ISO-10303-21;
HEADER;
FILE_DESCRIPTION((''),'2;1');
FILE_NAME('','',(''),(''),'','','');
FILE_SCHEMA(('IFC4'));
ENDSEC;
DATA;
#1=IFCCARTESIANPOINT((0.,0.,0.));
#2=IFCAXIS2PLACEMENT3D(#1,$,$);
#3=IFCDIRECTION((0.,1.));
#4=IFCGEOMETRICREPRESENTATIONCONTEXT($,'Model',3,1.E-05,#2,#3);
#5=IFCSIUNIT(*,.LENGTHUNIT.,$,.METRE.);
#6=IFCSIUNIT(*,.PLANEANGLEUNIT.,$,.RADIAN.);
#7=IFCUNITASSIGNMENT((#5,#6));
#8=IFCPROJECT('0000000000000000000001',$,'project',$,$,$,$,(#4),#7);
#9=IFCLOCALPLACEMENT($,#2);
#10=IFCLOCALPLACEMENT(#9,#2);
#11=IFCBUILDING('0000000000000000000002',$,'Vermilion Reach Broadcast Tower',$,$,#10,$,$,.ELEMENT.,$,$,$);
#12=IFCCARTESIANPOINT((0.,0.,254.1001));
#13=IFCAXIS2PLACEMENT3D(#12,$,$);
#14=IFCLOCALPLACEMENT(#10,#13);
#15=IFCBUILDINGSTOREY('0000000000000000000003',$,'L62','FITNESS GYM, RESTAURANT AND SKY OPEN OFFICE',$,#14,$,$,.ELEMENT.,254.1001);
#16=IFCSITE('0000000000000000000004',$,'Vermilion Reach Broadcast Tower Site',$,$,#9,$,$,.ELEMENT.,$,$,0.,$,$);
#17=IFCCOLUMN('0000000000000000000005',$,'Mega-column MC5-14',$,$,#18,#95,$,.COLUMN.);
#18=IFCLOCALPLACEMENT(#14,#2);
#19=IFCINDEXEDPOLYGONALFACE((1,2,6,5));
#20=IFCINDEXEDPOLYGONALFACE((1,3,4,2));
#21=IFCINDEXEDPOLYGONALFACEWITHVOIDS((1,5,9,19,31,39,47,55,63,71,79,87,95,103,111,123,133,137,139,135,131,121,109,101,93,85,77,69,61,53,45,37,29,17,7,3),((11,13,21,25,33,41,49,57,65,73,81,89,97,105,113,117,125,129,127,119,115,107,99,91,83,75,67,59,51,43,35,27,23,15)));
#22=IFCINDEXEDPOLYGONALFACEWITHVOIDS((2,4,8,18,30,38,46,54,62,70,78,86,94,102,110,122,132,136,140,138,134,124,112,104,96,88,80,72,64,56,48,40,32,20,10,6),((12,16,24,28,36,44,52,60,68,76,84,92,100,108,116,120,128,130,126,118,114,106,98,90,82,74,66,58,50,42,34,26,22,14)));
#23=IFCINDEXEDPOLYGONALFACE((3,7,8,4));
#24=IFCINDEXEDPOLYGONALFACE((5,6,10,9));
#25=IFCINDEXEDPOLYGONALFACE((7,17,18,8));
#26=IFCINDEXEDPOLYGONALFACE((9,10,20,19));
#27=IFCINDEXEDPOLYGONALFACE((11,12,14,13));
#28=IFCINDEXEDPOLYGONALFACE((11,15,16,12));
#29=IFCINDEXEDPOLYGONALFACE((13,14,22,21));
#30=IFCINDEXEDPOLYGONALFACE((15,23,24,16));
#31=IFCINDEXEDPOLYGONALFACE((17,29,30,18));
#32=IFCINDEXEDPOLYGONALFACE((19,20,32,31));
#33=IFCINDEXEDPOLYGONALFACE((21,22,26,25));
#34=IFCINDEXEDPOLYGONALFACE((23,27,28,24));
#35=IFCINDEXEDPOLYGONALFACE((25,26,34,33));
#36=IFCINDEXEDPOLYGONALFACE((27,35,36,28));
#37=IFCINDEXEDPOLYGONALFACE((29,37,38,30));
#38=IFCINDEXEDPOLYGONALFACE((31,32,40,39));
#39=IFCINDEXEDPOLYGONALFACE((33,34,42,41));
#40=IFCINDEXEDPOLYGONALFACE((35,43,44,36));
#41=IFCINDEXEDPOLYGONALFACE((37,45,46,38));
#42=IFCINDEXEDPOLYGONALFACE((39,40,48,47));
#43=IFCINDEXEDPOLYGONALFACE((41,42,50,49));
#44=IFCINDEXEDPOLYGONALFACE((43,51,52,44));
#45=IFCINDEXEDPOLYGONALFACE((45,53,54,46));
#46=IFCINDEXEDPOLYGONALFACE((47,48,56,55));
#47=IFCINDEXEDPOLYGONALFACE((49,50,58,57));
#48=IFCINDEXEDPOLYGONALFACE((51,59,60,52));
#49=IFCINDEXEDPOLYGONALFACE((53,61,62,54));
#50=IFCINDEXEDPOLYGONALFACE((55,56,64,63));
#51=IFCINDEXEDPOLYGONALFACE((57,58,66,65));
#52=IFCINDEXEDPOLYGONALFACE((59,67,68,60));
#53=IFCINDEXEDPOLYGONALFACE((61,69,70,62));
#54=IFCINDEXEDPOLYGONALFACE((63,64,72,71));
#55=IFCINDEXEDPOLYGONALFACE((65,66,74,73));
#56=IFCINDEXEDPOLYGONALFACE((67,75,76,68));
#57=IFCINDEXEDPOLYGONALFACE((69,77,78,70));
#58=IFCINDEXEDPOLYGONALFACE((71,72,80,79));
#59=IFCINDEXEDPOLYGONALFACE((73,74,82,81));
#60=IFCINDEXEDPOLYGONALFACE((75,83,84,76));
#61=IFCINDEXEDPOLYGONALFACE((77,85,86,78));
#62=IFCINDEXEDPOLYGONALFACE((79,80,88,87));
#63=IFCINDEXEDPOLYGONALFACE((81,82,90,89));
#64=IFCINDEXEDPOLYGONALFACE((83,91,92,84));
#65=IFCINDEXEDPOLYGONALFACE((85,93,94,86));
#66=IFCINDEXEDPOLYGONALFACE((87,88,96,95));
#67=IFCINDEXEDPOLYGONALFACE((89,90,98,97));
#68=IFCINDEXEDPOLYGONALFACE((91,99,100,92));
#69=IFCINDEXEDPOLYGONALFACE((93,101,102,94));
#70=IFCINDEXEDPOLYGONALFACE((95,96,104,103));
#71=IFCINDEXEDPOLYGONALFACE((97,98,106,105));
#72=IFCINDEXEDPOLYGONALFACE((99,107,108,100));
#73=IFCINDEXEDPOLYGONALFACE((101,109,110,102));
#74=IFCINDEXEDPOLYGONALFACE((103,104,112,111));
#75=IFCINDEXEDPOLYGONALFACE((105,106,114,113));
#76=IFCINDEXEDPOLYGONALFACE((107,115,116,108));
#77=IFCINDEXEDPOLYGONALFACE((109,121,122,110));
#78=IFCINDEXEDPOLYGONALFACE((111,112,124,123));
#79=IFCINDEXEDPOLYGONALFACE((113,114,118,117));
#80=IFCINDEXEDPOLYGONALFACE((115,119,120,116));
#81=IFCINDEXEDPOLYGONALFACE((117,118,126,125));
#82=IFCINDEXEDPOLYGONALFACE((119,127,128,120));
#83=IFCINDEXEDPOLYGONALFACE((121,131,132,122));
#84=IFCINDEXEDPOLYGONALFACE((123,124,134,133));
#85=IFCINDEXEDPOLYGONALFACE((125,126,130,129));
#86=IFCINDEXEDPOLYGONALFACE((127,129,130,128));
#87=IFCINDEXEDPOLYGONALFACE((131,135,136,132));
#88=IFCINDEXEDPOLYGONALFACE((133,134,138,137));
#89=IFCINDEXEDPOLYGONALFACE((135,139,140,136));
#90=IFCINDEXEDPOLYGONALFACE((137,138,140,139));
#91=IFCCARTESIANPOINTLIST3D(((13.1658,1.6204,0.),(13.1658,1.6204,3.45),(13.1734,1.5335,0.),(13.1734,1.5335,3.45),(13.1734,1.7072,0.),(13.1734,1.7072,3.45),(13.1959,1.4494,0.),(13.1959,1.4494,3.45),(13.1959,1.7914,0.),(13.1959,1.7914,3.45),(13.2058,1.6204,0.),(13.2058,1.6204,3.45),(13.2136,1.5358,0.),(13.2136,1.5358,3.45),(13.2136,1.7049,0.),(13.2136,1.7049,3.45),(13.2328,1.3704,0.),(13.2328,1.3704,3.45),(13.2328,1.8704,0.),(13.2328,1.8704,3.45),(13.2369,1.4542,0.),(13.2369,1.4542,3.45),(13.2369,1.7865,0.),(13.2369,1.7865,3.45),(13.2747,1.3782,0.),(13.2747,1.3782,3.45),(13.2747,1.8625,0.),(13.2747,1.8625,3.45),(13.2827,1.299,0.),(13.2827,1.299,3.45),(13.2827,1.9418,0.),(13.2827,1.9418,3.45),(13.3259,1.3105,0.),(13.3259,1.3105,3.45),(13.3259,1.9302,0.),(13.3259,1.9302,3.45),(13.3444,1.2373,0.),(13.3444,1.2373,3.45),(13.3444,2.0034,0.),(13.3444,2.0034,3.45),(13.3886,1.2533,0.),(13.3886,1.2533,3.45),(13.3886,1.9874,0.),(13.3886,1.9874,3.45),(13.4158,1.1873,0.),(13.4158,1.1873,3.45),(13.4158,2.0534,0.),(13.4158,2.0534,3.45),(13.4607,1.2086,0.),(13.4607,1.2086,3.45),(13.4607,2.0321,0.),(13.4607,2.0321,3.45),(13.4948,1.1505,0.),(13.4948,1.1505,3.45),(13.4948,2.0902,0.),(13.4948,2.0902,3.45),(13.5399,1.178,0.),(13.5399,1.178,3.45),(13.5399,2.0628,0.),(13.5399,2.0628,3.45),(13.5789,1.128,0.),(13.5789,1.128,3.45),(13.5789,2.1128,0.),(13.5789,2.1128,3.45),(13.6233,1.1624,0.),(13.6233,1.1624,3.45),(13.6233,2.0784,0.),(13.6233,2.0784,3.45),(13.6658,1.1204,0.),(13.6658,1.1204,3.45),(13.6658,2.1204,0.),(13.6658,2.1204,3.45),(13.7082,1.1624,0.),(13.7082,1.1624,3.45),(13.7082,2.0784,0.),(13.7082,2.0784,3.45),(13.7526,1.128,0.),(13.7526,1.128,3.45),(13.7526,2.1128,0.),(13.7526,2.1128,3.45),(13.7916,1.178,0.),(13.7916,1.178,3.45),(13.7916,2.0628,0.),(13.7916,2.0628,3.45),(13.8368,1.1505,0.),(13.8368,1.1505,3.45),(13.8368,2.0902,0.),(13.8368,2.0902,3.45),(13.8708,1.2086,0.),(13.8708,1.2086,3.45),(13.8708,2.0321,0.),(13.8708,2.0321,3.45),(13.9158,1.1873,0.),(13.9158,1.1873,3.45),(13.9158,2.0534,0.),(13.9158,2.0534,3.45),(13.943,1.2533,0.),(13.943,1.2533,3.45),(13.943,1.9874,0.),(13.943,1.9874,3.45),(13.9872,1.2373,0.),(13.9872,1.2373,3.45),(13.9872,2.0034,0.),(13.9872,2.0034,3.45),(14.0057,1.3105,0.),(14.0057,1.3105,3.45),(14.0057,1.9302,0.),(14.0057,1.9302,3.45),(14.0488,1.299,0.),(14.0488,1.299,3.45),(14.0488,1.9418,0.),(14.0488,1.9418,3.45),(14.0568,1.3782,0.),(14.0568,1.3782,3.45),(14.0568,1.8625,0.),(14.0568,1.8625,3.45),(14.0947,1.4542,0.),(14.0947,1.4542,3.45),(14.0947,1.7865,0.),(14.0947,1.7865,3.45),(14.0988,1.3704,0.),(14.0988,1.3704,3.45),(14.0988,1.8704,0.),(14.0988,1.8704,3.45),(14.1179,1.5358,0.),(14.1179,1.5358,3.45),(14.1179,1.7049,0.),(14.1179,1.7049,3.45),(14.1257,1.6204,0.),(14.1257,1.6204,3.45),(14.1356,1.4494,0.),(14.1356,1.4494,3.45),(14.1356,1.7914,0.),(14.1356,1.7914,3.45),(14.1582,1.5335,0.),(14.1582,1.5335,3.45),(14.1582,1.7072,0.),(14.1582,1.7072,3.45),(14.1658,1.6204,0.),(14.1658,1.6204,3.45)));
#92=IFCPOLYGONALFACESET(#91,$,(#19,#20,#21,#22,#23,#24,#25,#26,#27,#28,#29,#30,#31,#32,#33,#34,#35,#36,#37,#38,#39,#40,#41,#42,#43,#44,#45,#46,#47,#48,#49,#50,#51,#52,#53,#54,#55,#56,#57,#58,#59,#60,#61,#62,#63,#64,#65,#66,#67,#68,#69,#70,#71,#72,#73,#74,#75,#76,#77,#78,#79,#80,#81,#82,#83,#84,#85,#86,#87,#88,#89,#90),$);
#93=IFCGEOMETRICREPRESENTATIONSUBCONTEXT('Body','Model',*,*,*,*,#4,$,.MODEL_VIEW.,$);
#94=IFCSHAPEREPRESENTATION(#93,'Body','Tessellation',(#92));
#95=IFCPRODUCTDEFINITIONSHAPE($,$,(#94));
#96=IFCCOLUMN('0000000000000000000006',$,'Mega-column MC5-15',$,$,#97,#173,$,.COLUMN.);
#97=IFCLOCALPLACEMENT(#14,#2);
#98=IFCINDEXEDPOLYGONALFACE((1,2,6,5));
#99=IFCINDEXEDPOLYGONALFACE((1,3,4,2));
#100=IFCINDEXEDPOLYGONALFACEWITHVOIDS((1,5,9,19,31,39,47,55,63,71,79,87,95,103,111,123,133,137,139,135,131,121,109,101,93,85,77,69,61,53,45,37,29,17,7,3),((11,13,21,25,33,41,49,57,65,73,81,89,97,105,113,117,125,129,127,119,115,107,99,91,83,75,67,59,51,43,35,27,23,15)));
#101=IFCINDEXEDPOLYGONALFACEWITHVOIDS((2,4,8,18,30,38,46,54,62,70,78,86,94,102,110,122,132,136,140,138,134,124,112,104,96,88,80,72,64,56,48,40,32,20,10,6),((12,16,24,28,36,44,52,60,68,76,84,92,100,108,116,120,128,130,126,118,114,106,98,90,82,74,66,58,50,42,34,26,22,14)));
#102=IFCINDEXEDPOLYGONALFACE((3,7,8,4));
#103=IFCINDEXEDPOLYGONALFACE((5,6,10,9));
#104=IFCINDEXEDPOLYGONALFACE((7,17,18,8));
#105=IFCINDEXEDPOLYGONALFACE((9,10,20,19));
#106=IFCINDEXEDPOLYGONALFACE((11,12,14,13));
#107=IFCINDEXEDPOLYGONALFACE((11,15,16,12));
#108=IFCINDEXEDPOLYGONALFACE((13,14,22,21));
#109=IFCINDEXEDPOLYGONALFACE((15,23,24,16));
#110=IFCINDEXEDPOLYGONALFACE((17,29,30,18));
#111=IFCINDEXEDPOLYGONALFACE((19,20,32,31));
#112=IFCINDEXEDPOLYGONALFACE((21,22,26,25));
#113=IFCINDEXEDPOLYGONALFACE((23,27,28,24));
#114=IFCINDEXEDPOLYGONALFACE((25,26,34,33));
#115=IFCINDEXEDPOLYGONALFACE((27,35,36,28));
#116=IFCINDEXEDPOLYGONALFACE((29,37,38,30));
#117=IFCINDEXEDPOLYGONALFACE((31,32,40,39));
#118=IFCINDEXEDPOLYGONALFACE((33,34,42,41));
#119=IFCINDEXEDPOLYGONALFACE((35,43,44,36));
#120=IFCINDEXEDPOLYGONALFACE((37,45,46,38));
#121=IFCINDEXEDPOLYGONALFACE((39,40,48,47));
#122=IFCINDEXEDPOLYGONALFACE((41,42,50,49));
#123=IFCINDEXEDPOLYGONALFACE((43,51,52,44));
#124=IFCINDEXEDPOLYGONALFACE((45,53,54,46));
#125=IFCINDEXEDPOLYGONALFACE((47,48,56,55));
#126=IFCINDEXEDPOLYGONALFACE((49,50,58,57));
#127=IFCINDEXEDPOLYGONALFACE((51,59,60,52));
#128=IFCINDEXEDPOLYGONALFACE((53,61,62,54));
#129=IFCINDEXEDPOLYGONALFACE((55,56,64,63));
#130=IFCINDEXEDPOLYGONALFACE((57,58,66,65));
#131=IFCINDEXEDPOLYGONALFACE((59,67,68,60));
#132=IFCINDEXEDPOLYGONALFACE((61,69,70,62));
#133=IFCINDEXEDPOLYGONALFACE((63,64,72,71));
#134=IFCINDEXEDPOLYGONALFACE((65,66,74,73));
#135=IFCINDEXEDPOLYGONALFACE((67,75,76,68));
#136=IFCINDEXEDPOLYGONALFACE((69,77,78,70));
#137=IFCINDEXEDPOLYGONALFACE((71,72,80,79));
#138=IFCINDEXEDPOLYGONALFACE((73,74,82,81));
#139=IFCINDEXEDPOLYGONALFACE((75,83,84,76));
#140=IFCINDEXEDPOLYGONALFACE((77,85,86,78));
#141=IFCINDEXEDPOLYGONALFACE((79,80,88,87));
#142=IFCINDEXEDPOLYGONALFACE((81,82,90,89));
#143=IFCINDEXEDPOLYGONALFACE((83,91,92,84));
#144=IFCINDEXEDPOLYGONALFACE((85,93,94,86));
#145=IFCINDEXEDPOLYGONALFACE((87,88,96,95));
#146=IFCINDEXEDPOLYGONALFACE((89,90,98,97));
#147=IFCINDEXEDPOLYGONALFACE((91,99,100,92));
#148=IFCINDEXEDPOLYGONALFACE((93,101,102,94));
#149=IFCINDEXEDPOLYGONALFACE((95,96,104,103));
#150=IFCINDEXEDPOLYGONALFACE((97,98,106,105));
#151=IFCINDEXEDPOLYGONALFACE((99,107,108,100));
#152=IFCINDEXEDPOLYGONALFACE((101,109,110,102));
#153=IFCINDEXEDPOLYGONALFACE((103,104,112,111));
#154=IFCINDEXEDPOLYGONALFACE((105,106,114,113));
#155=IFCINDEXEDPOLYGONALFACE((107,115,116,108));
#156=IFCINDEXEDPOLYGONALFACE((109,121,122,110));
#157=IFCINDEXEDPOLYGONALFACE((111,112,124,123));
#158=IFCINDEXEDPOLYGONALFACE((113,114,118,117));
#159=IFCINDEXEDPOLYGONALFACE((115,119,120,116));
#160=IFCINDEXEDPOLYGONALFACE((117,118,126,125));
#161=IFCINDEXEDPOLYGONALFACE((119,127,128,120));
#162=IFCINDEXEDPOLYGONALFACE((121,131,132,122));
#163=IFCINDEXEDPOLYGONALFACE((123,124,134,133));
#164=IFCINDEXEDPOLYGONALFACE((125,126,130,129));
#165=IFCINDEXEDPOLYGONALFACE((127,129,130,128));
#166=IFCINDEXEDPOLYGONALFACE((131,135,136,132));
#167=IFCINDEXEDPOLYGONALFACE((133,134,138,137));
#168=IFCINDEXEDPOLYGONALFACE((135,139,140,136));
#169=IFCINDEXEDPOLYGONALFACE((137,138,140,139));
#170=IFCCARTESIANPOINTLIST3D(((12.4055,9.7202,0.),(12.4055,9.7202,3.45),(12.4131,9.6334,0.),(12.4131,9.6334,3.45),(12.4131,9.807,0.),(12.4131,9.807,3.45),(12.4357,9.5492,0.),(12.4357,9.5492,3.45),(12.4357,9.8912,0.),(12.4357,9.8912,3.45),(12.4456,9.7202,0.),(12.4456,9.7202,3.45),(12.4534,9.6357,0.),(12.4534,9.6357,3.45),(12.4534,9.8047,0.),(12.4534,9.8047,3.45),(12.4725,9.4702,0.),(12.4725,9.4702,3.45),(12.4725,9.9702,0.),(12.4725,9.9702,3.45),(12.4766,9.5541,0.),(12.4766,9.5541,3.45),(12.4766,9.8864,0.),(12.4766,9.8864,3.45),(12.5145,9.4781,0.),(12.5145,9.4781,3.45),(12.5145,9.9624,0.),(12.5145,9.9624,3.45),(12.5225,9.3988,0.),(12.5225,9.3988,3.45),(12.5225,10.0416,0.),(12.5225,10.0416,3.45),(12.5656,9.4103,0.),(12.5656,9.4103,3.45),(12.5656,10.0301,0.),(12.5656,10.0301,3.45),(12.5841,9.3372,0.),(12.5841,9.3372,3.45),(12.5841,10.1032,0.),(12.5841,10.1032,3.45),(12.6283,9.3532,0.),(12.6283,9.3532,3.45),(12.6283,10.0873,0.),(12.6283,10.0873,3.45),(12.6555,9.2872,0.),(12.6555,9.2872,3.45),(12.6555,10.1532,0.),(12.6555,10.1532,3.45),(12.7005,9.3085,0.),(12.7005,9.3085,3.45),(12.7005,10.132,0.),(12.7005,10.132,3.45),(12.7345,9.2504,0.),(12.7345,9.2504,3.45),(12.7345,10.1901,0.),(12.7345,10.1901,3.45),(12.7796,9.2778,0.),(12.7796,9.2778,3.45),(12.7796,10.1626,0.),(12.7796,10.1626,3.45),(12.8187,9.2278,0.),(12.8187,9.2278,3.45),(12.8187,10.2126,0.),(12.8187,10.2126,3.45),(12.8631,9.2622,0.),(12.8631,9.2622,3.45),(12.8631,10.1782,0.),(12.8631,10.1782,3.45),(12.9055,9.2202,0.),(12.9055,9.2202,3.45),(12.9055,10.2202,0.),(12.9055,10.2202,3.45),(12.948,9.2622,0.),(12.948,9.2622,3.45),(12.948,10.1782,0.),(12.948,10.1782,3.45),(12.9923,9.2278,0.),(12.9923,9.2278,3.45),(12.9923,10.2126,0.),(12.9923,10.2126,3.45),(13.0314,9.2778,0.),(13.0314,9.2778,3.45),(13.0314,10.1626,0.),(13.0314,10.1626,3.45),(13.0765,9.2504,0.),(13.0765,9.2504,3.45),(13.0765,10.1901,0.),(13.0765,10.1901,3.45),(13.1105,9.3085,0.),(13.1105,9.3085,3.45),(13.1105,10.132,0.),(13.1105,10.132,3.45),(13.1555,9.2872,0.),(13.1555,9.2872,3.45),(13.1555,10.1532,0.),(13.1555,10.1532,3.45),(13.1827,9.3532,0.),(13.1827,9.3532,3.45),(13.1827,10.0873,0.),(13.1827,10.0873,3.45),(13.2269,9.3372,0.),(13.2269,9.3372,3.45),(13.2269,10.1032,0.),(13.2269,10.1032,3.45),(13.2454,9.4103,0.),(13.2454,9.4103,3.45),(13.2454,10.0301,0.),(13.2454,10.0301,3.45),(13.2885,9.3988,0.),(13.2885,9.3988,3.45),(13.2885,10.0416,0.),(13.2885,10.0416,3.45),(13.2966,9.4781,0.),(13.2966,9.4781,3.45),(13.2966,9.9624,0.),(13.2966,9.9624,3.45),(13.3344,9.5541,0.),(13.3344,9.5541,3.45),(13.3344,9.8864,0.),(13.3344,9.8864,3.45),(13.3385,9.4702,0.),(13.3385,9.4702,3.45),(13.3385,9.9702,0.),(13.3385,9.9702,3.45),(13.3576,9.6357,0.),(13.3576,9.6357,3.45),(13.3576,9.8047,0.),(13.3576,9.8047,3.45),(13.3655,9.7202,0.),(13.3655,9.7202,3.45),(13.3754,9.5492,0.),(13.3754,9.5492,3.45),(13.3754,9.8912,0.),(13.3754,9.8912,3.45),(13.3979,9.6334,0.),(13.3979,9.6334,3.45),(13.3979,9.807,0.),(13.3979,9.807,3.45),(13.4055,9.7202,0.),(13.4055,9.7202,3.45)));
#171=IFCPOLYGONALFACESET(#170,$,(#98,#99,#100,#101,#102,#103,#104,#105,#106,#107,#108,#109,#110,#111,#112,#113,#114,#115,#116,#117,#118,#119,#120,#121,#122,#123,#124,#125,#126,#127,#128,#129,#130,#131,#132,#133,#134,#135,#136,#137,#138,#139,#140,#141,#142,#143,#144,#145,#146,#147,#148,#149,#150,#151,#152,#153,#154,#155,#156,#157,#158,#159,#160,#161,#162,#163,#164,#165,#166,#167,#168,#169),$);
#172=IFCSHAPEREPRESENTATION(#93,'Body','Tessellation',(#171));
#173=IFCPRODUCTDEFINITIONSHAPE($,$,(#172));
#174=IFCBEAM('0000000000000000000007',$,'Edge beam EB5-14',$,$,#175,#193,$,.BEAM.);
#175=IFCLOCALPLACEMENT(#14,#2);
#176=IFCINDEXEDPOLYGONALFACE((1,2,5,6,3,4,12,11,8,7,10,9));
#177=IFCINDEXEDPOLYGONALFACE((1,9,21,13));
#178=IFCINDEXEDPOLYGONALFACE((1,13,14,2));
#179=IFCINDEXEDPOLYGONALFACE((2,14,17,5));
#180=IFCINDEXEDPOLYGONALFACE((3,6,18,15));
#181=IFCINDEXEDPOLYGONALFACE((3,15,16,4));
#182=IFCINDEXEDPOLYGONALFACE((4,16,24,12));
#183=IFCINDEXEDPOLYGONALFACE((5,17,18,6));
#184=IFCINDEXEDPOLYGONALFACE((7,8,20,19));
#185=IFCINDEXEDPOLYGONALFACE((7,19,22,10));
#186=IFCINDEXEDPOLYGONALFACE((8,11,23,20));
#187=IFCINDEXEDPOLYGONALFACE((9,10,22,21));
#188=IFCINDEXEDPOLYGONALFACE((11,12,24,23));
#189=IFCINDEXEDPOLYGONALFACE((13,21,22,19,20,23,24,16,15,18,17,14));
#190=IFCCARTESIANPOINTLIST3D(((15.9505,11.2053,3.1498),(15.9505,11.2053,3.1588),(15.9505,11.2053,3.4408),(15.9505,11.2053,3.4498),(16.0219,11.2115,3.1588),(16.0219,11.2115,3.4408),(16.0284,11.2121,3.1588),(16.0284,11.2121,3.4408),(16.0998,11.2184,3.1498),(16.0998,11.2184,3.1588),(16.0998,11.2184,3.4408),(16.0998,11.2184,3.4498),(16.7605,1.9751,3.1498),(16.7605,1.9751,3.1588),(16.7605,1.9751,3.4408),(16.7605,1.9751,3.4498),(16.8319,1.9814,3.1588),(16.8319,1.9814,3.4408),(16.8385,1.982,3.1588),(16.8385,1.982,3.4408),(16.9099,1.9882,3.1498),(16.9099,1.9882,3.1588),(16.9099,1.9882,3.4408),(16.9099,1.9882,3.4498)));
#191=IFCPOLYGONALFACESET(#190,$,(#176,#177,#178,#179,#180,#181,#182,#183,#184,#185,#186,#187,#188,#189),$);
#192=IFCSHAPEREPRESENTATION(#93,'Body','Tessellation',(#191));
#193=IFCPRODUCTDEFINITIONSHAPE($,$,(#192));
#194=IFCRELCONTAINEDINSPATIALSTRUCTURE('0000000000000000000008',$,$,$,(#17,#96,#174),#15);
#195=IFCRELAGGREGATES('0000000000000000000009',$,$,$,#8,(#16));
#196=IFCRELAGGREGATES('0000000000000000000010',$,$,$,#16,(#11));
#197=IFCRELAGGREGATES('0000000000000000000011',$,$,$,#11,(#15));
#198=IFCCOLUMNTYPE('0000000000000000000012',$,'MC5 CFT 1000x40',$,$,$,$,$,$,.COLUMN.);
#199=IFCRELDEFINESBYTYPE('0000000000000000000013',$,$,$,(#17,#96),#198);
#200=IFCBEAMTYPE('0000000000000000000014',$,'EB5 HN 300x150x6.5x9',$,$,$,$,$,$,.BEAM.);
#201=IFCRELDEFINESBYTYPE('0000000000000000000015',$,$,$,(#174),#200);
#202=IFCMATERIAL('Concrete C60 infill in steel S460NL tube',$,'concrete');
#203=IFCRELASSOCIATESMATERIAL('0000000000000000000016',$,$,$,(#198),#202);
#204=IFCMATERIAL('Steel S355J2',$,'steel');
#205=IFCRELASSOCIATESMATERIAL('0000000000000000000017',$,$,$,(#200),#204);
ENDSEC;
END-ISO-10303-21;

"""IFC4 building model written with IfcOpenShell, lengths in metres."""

from ifc_helpers import new_model, si_unit, direction, frame, origin, origin_2d, place, context, subcontext, project, spatial, hollow_circle, i_section, extrude, material, material_profile, profile_set, type_object, element, save


model = new_model("IFC4")

# Units and contexts
model_context = context("Model", 3, precision=1e-05, world=origin(), true_north=direction((0.0, 1.0)))
body_context = subcontext(model_context, "Body", "Model", "MODEL_VIEW")
ifc_project = project(units=[si_unit("LENGTHUNIT", "METRE"), si_unit("PLANEANGLEUNIT", "RADIAN")], contexts=[model_context])

# Site, building, storey
site_placement = place(None, origin())
site = spatial("IfcSite", under=ifc_project, at=site_placement, Name="Vermilion Reach Broadcast Tower Site", CompositionType="ELEMENT", RefElevation=0.0)
building_placement = place(site_placement, origin())
building = spatial("IfcBuilding", under=site, at=building_placement, Name="Vermilion Reach Broadcast Tower", CompositionType="ELEMENT")
storey_placement = place(building_placement, frame((0.0, 0.0, 254.1001)))
storey = spatial("IfcBuildingStorey", under=building, at=storey_placement, Name="L62", Description="FITNESS GYM, RESTAURANT AND SKY OPEN OFFICE", CompositionType="ELEMENT", Elevation=254.1001)

# Columns
ifc_material_1 = material(Name="Concrete C60 infill in steel S460NL tube", Category="concrete")
ifc_material_profile_1 = material_profile(ifc_material_1, hollow_circle(Radius=0.5, WallThickness=0.04, at=origin_2d()), Name="Concrete C60 infill in steel S460NL tube CFT 1000x40")
ifc_profile_set_1 = profile_set([ifc_material_profile_1], Name="Concrete C60 infill in steel S460NL tube")
column_type = type_object("IfcColumnType", Name="MC5 CFT 1000x40", PredefinedType="COLUMN", material=ifc_profile_set_1)
for number, where, z_axis, x_axis, name in (
    (1, (13.6658, 1.6204, 0.0), (0.0, 0.0, 1.0), (1.0, 0.0, 0.0), "Mega-column MC5-14"),
    (2, (12.9055, 9.7202, 0.0), (0.0, 0.0, 1.0), (1.0, 0.0, 0.0), "Mega-column MC5-15"),
):
    element("IfcColumn", number, at=place(storey_placement, frame(where, z_axis=z_axis, x_axis=x_axis)), inside=storey, type_object=column_type, Name=name, PredefinedType="COLUMN", context=body_context, shape_type="SweptSolid", body=[
        extrude(hollow_circle(Radius=0.5, WallThickness=0.04, at=origin_2d()), origin(), (0.0, 0.0, 1.0), 3.45),
    ])

# Beam
ifc_material_2 = material(Name="Steel S355J2", Category="steel")
ifc_material_profile_2 = material_profile(ifc_material_2, i_section(OverallWidth=0.1499, OverallDepth=0.3, WebThickness=0.0066, FlangeThickness=0.009, at=origin_2d()), Name="S355J2 HN 300x150x6.5x9")
ifc_profile_set_2 = profile_set([ifc_material_profile_2], Name="Steel S355J2")
beam_type_1 = type_object("IfcBeamType", Name="EB5 HN 300x150x6.5x9", PredefinedType="BEAM", material=ifc_profile_set_2)
beam_1_placement = place(storey_placement, frame((16.8352, 1.9817, 3.2998), z_axis=(-0.087425, 0.996171, 0.0), x_axis=(-0.996171, -0.087425, 0.0)))
element("IfcBeam", 3, at=beam_1_placement, inside=storey, type_object=beam_type_1, Name="Edge beam EB5-14", PredefinedType="BEAM", context=body_context, shape_type="SweptSolid", body=[
    extrude(i_section(OverallWidth=0.1499, OverallDepth=0.3, WebThickness=0.0066, FlangeThickness=0.009, at=origin_2d()), origin(), (0.0, 0.0, 1.0), 9.2656),
])

save(model, "model.ifc")
